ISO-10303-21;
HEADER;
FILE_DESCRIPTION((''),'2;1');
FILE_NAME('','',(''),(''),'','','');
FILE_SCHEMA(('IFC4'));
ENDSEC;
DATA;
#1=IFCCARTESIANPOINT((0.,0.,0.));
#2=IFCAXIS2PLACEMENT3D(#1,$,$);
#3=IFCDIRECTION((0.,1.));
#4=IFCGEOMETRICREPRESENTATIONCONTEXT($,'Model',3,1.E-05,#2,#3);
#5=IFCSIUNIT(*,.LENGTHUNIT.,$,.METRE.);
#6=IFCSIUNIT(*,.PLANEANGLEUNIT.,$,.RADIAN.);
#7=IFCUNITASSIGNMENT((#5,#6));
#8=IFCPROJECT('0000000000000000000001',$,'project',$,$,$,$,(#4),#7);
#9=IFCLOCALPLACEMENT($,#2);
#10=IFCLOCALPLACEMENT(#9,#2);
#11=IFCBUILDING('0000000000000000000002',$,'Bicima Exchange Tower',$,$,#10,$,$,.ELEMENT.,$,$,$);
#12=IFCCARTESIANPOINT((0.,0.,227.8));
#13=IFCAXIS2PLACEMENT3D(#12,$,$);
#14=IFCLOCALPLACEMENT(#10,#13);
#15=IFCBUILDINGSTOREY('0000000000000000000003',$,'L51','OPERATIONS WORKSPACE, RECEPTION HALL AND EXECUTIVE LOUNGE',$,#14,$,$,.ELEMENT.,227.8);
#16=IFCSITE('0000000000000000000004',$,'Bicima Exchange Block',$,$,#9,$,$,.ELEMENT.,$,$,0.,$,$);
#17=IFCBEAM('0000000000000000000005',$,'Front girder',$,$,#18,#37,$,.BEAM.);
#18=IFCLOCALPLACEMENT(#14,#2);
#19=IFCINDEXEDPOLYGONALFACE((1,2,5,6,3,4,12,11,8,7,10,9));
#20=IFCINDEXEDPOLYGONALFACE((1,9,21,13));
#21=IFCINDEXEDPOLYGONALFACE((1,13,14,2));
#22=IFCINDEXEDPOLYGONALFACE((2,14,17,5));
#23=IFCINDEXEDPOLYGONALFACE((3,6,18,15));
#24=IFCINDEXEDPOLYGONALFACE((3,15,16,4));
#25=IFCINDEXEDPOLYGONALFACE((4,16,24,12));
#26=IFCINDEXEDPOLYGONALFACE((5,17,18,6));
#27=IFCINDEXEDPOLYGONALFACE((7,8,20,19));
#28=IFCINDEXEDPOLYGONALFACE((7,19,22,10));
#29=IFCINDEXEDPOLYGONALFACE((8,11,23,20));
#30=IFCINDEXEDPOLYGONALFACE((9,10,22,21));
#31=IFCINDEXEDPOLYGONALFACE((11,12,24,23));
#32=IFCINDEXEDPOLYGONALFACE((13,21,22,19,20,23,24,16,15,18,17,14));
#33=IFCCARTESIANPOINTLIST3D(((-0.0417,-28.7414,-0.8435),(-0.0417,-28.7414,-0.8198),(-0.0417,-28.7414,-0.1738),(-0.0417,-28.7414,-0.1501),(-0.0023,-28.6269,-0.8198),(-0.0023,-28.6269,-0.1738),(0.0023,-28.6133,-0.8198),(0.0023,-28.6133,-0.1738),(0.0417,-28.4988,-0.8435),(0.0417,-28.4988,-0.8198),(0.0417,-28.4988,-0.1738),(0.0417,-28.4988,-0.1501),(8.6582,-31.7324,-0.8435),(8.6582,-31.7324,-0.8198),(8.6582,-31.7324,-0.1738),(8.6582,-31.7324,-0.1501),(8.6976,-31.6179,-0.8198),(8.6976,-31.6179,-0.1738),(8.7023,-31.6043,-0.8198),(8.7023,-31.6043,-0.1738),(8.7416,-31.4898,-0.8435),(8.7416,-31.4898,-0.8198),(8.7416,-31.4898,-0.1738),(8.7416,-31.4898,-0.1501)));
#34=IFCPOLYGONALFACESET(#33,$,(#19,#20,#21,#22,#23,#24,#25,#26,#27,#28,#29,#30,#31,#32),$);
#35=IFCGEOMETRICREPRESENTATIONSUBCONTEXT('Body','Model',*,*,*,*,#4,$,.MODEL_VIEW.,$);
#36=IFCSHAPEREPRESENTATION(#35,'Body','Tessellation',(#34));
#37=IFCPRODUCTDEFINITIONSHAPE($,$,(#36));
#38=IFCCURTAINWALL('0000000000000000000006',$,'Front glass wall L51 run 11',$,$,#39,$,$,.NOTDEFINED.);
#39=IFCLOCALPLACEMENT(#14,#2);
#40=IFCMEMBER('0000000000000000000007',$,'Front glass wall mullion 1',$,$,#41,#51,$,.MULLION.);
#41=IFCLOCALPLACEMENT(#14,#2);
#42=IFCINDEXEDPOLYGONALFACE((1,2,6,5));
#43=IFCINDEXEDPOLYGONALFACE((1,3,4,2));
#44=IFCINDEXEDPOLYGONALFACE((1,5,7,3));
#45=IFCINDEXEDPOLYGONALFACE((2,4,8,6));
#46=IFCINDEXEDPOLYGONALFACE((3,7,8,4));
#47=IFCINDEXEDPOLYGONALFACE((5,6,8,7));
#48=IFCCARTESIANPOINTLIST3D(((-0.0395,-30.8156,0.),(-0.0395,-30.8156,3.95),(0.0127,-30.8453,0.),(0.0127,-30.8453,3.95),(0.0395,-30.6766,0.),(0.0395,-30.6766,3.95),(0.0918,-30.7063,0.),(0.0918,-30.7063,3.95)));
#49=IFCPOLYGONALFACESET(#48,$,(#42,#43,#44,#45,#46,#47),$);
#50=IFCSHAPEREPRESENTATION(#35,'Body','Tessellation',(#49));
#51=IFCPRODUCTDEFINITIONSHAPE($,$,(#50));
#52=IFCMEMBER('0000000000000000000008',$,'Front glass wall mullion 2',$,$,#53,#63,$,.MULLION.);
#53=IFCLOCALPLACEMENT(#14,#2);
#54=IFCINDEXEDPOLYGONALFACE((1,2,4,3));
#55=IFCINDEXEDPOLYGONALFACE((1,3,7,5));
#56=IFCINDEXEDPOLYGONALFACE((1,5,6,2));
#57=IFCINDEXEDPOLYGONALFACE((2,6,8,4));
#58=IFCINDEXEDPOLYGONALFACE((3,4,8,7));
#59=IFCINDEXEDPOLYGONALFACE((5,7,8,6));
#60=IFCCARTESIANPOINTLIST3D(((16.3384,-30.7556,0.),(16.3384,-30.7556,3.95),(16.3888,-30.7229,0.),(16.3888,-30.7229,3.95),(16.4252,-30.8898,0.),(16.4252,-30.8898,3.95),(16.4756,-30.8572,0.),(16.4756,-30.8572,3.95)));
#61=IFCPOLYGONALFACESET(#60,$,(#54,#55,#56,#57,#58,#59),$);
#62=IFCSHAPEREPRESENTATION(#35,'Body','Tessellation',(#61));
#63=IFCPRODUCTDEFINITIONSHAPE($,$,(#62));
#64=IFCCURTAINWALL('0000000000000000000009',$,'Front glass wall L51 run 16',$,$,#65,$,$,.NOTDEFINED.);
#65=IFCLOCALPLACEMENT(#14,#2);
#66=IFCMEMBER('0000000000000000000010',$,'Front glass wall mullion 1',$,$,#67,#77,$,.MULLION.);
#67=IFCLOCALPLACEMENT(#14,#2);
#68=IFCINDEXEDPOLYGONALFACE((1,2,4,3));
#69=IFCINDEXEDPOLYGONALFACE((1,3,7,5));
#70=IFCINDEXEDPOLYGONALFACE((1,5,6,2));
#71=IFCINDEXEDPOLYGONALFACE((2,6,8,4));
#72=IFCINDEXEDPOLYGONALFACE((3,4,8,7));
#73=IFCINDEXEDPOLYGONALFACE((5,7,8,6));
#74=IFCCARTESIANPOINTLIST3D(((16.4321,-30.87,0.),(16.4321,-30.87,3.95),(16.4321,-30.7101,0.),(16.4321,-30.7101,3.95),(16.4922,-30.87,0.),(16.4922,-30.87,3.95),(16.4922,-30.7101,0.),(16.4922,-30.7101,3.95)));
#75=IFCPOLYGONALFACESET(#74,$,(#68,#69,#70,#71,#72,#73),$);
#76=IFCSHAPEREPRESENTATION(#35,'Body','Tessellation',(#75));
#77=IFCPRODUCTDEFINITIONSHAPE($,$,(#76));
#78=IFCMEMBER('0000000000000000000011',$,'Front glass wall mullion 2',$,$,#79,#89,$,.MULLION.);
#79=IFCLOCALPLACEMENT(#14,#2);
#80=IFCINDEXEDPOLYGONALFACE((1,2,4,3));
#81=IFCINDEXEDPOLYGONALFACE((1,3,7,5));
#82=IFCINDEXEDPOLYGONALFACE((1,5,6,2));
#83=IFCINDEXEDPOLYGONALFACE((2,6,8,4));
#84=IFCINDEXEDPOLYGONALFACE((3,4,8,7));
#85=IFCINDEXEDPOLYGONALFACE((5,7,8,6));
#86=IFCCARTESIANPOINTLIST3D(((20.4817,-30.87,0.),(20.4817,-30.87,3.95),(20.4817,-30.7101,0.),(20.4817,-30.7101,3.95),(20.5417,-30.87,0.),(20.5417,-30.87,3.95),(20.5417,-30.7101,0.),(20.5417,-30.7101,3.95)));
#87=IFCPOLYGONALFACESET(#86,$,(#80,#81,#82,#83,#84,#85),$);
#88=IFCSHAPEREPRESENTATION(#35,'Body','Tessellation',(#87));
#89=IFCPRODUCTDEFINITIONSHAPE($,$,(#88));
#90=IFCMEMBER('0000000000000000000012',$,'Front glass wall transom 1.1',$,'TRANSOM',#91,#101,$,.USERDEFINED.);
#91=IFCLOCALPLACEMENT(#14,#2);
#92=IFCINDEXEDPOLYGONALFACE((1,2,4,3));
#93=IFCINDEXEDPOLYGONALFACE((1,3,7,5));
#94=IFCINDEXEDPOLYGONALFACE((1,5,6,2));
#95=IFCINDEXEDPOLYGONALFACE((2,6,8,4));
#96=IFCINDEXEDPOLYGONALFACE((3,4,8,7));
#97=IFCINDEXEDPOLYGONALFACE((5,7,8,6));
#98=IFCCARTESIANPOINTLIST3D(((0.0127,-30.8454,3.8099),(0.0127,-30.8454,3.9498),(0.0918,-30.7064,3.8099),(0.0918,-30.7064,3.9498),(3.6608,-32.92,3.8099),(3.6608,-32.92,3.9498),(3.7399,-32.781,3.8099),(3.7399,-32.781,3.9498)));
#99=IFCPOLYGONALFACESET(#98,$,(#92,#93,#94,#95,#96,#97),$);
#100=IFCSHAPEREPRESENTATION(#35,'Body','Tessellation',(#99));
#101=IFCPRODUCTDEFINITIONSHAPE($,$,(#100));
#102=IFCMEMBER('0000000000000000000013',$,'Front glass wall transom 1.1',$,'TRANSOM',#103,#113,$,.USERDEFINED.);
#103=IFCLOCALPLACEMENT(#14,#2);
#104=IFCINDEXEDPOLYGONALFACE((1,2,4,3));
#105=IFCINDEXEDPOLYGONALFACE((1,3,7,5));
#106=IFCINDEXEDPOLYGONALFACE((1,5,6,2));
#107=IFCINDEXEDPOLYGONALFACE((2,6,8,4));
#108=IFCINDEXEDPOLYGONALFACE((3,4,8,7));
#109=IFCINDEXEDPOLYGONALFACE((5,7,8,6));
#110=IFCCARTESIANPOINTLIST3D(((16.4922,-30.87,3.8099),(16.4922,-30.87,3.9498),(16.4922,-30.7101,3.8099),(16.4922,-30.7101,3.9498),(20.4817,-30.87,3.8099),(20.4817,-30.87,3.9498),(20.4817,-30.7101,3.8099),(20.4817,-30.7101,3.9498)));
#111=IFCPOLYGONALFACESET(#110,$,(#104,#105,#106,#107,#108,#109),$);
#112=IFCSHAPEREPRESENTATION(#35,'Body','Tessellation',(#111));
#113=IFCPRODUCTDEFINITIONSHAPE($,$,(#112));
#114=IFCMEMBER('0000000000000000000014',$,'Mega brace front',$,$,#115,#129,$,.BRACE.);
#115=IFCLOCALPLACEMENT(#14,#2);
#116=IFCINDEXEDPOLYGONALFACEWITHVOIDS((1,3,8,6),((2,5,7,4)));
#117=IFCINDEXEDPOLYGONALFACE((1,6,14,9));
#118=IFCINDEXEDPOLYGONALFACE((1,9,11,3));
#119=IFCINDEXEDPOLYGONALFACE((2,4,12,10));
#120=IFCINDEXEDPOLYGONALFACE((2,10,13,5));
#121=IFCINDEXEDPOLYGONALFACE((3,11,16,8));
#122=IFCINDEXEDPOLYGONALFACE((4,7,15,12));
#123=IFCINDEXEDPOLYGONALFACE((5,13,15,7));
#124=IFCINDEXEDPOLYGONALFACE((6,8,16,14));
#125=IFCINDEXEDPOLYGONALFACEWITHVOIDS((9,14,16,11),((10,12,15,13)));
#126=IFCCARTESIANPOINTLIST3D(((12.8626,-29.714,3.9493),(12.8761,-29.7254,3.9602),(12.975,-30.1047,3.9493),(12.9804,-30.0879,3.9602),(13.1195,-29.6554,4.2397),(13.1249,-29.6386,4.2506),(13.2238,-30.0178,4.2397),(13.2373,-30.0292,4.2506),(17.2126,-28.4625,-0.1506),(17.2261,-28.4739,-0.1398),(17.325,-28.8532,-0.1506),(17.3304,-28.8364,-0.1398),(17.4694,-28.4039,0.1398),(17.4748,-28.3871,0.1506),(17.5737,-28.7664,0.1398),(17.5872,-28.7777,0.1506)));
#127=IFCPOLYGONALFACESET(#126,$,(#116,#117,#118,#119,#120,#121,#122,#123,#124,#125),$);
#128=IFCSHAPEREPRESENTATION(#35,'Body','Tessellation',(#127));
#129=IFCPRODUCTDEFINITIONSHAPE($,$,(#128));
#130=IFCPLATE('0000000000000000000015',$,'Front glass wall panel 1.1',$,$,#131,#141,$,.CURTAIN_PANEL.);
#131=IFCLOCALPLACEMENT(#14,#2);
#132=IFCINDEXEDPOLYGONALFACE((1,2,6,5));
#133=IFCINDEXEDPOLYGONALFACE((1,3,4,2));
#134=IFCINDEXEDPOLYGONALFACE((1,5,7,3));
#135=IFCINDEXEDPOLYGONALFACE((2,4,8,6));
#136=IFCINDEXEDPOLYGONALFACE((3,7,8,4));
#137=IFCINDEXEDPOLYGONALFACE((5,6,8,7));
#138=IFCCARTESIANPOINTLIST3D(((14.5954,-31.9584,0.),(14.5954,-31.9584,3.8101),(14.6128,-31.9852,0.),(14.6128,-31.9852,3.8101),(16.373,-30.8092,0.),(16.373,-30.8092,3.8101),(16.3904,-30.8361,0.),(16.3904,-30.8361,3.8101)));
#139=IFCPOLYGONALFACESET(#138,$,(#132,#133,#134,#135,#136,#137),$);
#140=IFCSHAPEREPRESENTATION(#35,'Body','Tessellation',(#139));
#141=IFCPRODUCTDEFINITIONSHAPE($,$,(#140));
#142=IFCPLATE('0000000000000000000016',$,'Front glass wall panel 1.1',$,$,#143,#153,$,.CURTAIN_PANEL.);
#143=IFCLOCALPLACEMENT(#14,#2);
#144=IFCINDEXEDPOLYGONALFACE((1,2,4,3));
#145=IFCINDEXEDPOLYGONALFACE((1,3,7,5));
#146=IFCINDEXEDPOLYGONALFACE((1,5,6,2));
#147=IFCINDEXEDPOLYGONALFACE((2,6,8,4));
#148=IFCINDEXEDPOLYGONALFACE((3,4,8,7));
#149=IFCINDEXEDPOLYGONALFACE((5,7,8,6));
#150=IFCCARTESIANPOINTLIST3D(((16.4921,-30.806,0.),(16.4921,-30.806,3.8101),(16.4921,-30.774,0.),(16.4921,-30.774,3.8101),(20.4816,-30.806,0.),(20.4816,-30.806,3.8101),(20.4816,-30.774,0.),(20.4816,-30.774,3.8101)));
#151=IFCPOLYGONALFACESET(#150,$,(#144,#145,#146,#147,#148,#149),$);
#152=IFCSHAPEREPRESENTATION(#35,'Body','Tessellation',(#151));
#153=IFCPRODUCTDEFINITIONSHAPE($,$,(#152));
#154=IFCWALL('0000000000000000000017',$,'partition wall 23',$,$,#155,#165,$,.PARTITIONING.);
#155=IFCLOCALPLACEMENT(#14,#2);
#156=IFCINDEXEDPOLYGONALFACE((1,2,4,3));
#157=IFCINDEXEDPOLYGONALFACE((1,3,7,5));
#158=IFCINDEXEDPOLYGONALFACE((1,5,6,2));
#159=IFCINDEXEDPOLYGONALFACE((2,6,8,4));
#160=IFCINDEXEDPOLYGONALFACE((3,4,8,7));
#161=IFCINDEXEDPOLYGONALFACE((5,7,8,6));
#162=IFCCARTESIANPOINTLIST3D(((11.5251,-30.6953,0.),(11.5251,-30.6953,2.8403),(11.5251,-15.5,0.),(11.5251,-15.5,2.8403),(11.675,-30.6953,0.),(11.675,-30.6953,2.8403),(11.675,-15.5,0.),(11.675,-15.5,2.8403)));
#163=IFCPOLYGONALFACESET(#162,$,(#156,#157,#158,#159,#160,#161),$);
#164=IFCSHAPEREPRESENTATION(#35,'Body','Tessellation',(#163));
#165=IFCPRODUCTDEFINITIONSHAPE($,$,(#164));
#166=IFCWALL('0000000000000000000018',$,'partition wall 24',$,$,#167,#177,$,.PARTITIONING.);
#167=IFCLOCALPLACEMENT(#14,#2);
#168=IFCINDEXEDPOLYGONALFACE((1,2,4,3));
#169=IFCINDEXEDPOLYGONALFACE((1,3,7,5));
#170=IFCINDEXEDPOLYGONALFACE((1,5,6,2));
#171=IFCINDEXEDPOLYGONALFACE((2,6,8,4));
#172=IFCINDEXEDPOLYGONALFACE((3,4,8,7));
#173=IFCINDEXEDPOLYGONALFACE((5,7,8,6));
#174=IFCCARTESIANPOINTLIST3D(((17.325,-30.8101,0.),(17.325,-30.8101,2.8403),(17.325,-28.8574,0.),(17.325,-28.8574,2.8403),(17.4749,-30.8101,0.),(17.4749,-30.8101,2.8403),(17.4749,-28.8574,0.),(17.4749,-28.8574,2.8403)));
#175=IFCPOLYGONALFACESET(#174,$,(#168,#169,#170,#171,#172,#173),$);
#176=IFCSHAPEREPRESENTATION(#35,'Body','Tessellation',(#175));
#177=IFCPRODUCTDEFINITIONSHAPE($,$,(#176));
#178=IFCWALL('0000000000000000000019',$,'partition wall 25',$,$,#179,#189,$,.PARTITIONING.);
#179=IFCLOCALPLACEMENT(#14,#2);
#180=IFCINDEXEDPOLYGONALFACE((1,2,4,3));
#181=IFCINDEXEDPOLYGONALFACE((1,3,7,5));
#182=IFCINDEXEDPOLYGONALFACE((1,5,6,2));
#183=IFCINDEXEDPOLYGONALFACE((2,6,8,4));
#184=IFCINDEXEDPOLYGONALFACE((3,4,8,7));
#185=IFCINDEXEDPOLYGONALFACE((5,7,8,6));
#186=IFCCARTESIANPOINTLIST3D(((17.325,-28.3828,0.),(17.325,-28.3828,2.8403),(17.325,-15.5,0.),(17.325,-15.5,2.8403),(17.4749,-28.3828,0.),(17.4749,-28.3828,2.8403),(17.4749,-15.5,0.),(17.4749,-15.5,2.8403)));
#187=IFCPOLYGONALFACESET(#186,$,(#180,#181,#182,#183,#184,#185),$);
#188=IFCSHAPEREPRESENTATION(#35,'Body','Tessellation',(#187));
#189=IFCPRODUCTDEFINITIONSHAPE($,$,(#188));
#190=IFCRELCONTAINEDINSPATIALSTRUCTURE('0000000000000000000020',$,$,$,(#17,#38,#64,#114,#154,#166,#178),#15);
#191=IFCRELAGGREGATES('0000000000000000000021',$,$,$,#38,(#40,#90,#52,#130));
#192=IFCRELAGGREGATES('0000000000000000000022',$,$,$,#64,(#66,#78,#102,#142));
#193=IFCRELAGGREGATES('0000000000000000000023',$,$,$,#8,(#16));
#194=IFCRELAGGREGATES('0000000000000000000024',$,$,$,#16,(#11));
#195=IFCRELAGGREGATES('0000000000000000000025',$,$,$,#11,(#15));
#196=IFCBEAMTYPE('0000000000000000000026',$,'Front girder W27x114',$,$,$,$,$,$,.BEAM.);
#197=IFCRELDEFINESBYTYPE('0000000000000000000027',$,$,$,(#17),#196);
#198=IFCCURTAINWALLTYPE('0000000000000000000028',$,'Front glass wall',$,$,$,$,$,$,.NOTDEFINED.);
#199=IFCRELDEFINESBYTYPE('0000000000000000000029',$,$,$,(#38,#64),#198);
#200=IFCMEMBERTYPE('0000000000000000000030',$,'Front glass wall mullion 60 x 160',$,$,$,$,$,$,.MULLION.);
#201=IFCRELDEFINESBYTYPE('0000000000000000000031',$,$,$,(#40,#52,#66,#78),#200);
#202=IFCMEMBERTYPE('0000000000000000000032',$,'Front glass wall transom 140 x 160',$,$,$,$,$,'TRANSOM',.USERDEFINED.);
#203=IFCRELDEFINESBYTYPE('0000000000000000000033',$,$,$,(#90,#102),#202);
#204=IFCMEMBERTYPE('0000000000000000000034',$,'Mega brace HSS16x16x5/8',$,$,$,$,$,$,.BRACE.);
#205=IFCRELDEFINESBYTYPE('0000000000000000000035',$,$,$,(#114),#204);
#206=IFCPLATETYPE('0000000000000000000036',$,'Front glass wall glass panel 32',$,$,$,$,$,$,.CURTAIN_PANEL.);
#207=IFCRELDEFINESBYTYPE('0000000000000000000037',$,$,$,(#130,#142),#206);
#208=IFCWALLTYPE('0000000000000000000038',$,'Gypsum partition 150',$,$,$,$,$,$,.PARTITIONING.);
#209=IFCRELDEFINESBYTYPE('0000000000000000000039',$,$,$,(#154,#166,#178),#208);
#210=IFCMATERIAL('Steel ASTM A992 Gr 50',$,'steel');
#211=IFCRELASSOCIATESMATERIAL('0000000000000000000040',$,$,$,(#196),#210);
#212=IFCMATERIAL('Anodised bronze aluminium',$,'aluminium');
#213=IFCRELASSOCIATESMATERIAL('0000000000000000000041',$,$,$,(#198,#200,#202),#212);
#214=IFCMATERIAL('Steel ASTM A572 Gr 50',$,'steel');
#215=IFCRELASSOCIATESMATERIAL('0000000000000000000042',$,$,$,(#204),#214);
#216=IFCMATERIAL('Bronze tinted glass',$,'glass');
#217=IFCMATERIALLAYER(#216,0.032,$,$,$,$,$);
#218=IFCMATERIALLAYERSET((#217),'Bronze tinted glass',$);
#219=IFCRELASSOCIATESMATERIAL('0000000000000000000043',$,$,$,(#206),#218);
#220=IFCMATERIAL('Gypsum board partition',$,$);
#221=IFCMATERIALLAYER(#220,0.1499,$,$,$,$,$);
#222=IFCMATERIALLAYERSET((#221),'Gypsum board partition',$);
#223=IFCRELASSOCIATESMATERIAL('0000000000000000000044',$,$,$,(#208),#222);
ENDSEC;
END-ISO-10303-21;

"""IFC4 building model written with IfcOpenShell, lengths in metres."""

from ifc_helpers import new_model, si_unit, direction, frame, frame_2d, origin, origin_2d, place, context, subcontext, project, spatial, rectangle, hollow_rectangle, i_section, extrude, material, layer, layer_set, material_profile, profile_set, type_object, element, aggregate, save


model = new_model("IFC4")

# Units and contexts
model_context = context("Model", 3, precision=1e-05, world=origin(), true_north=direction((0.0, 1.0)))
body_context = subcontext(model_context, "Body", "Model", "MODEL_VIEW")
ifc_project = project(units=[si_unit("LENGTHUNIT", "METRE"), si_unit("PLANEANGLEUNIT", "RADIAN")], contexts=[model_context])

# Site, building, storey
site_placement = place(None, origin())
site = spatial("IfcSite", under=ifc_project, at=site_placement, Name="Bicima Exchange Block", CompositionType="ELEMENT", RefElevation=0.0)
building_placement = place(site_placement, origin())
building = spatial("IfcBuilding", under=site, at=building_placement, Name="Bicima Exchange Tower", CompositionType="ELEMENT")
storey_placement = place(building_placement, frame((0.0, 0.0, 227.8)))
storey = spatial("IfcBuildingStorey", under=building, at=storey_placement, Name="L51", Description="OPERATIONS WORKSPACE, RECEPTION HALL AND EXECUTIVE LOUNGE", CompositionType="ELEMENT", Elevation=227.8)

# Shared definitions
ifc_material_1 = material(Name="Steel ASTM A992 Gr 50", Category="steel")

# Beam
ifc_material_profile_1 = material_profile(ifc_material_1, i_section(OverallWidth=0.2566, OverallDepth=0.6934, WebThickness=0.0144, FlangeThickness=0.0237, at=origin_2d()))
ifc_profile_set_1 = profile_set([ifc_material_profile_1], Name="Steel ASTM A992 Gr 50")
beam_type_1 = type_object("IfcBeamType", Name="Front girder W27x114", PredefinedType="BEAM", material=ifc_profile_set_1)
beam_1_placement = place(storey_placement, frame((0.0, -28.6201, -0.4968), z_axis=(0.945675, -0.325115, 0.0), x_axis=(0.325115, 0.945675, 0.0)))
element("IfcBeam", 1, at=beam_1_placement, inside=storey, type_object=beam_type_1, Name="Front girder", PredefinedType="BEAM", context=body_context, shape_type="SweptSolid", body=[
    extrude(i_section(OverallWidth=0.2566, OverallDepth=0.6934, WebThickness=0.0144, FlangeThickness=0.0237, at=origin_2d()), origin(), (0.0, 0.0, 1.0), 9.1997),
])

# Curtain walls, members
ifc_material_2 = material(Name="Anodised bronze aluminium", Category="aluminium")
curtain_wall_type = type_object("IfcCurtainWallType", Name="Front glass wall", PredefinedType="NOTDEFINED", material=ifc_material_2)
curtain_wall_1_placement = place(storey_placement, origin())
curtain_wall_1 = element("IfcCurtainWall", 2, at=curtain_wall_1_placement, inside=storey, type_object=curtain_wall_type, Name="Front glass wall L51 run 11", PredefinedType="NOTDEFINED")
ifc_material_profile_2 = material_profile(ifc_material_2, rectangle(XDim=0.1599, YDim=0.0601, at=origin_2d()))
ifc_profile_set_2 = profile_set([ifc_material_profile_2], Name="Anodised bronze aluminium")
member_type_1 = type_object("IfcMemberType", Name="Front glass wall mullion 60 x 160", PredefinedType="MULLION", material=ifc_profile_set_2)
member_1_placement = place(storey_placement, frame((0.0261, -30.761, 0.0), z_axis=(0.0, 0.0, 1.0), x_axis=(0.49433, 0.869274, 0.0)))
member_1 = element("IfcMember", 3, at=member_1_placement, type_object=member_type_1, Name="Front glass wall mullion 1", PredefinedType="MULLION", context=body_context, shape_type="SweptSolid", body=[
    extrude(rectangle(XDim=0.1599, YDim=0.0601, at=origin_2d()), origin(), (0.0, 0.0, 1.0), 3.95),
])
member_2_placement = place(storey_placement, frame((16.407, -30.8064, 0.0), z_axis=(0.0, 0.0, 1.0), x_axis=(-0.542909, 0.839791, 0.0)))
member_2 = element("IfcMember", 4, at=member_2_placement, type_object=member_type_1, Name="Front glass wall mullion 2", PredefinedType="MULLION", context=body_context, shape_type="SweptSolid", body=[
    extrude(rectangle(XDim=0.1599, YDim=0.0601, at=origin_2d()), origin(), (0.0, 0.0, 1.0), 3.95),
])
curtain_wall_2_placement = place(storey_placement, origin())
curtain_wall_2 = element("IfcCurtainWall", 5, at=curtain_wall_2_placement, inside=storey, type_object=curtain_wall_type, Name="Front glass wall L51 run 16", PredefinedType="NOTDEFINED")
member_3_placement = place(storey_placement, frame((16.4622, -30.79, 0.0), z_axis=(0.0, 0.0, 1.0), x_axis=(0.0, 1.0, 0.0)))
member_3 = element("IfcMember", 6, at=member_3_placement, type_object=member_type_1, Name="Front glass wall mullion 1", PredefinedType="MULLION", context=body_context, shape_type="SweptSolid", body=[
    extrude(rectangle(XDim=0.1599, YDim=0.0601, at=origin_2d()), origin(), (0.0, 0.0, 1.0), 3.95),
])
member_4_placement = place(storey_placement, frame((20.5117, -30.79, 0.0), z_axis=(0.0, 0.0, 1.0), x_axis=(0.0, 1.0, 0.0)))
member_4 = element("IfcMember", 7, at=member_4_placement, type_object=member_type_1, Name="Front glass wall mullion 2", PredefinedType="MULLION", context=body_context, shape_type="SweptSolid", body=[
    extrude(rectangle(XDim=0.1599, YDim=0.0601, at=origin_2d()), origin(), (0.0, 0.0, 1.0), 3.95),
])

# Members
ifc_material_profile_3 = material_profile(ifc_material_2, rectangle(XDim=0.1599, YDim=0.1399, at=origin_2d()))
ifc_profile_set_3 = profile_set([ifc_material_profile_3], Name="Anodised bronze aluminium")
member_type_2 = type_object("IfcMemberType", Name="Front glass wall transom 140 x 160", ElementType="TRANSOM", PredefinedType="USERDEFINED", material=ifc_profile_set_3)
member_5_placement = place(storey_placement, frame((0.0522, -30.7759, 3.8799), z_axis=(0.869265, -0.494346, 0.0), x_axis=(0.494346, 0.869265, 0.0)))
member_5 = element("IfcMember", 8, at=member_5_placement, type_object=member_type_2, Name="Front glass wall transom 1.1", ObjectType="TRANSOM", PredefinedType="USERDEFINED", context=body_context, shape_type="SweptSolid", body=[
    extrude(rectangle(XDim=0.1599, YDim=0.1399, at=origin_2d()), origin(), (0.0, 0.0, 1.0), 4.1968),
])
member_6_placement = place(storey_placement, frame((16.4922, -30.79, 3.8799), z_axis=(1.0, 0.0, 0.0), x_axis=(0.0, 1.0, 0.0)))
member_6 = element("IfcMember", 9, at=member_6_placement, type_object=member_type_2, Name="Front glass wall transom 1.1", ObjectType="TRANSOM", PredefinedType="USERDEFINED", context=body_context, shape_type="SweptSolid", body=[
    extrude(rectangle(XDim=0.1599, YDim=0.1399, at=origin_2d()), origin(), (0.0, 0.0, 1.0), 3.9895),
])
ifc_material_3 = material(Name="Steel ASTM A572 Gr 50", Category="steel")
ifc_material_profile_4 = material_profile(ifc_material_3, hollow_rectangle(XDim=0.4065, YDim=0.4065, WallThickness=0.0146, at=origin_2d()))
ifc_profile_set_4 = profile_set([ifc_material_profile_4], Name="Steel ASTM A572 Gr 50")
member_type_3 = type_object("IfcMemberType", Name="Mega brace HSS16x16x5/8", PredefinedType="BRACE", material=ifc_profile_set_4)
member_7_placement = place(storey_placement, frame((17.3999, -28.6201, 0.0), z_axis=(-0.712266, -0.204921, 0.67133), x_axis=(0.276487, -0.961018, 0.0)))
element("IfcMember", 10, at=member_7_placement, inside=storey, type_object=member_type_3, Name="Mega brace front", PredefinedType="BRACE", context=body_context, shape_type="SweptSolid", body=[
    extrude(hollow_rectangle(XDim=0.4065, YDim=0.4065, WallThickness=0.0146, at=origin_2d()), origin(), (0.0, 0.0, 1.0), 6.1072),
])

# Plates
ifc_material_4 = material(Name="Bronze tinted glass", Category="glass")
ifc_layer_1 = layer(ifc_material_4, 0.032)
ifc_layer_set_1 = layer_set([ifc_layer_1], Name="Bronze tinted glass")
plate_type = type_object("IfcPlateType", Name="Front glass wall glass panel 32", PredefinedType="CURTAIN_PANEL", material=ifc_layer_set_1)
plate_1_placement = place(storey_placement, frame((15.4929, -31.3972, 0.0), z_axis=(0.0, 0.0, 1.0), x_axis=(0.839791, 0.542909, 0.0)))
plate_1 = element("IfcPlate", 11, at=plate_1_placement, type_object=plate_type, Name="Front glass wall panel 1.1", PredefinedType="CURTAIN_PANEL", context=body_context, shape_type="SweptSolid", body=[
    extrude(rectangle(XDim=2.1167, YDim=0.032, at=origin_2d()), origin(), (0.0, 0.0, 1.0), 3.8101),
])
aggregate(curtain_wall_1, [member_1, member_5, member_2, plate_1])
plate_2_placement = place(storey_placement, frame((18.4868, -30.79, 0.0), z_axis=(0.0, 0.0, 1.0), x_axis=(1.0, 0.0, 0.0)))
plate_2 = element("IfcPlate", 12, at=plate_2_placement, type_object=plate_type, Name="Front glass wall panel 1.1", PredefinedType="CURTAIN_PANEL", context=body_context, shape_type="SweptSolid", body=[
    extrude(rectangle(XDim=3.9895, YDim=0.032, at=origin_2d()), origin(), (0.0, 0.0, 1.0), 3.8101),
])
aggregate(curtain_wall_2, [member_3, member_4, member_6, plate_2])

# Walls
ifc_material_5 = material(Name="Gypsum board partition")
ifc_layer_2 = layer(ifc_material_5, 0.1499)
ifc_layer_set_2 = layer_set([ifc_layer_2], Name="Gypsum board partition")
wall_type = type_object("IfcWallType", Name="Gypsum partition 150", PredefinedType="PARTITIONING", material=ifc_layer_set_2)
wall_1_placement = place(storey_placement, frame((11.6001, -30.6953, 0.0), z_axis=(0.0, 0.0, 1.0), x_axis=(0.0, 1.0, 0.0)))
element("IfcWall", 13, at=wall_1_placement, inside=storey, type_object=wall_type, Name="partition wall 23", PredefinedType="PARTITIONING", context=body_context, shape_type="SweptSolid", body=[
    extrude(rectangle(XDim=15.1953, YDim=0.1499, at=frame_2d((7.5977, 0.0))), origin(), (0.0, 0.0, 1.0), 2.8403),
])
wall_2_placement = place(storey_placement, frame((17.3999, -30.8101, 0.0), z_axis=(0.0, 0.0, 1.0), x_axis=(0.0, 1.0, 0.0)))
element("IfcWall", 14, at=wall_2_placement, inside=storey, type_object=wall_type, Name="partition wall 24", PredefinedType="PARTITIONING", context=body_context, shape_type="SweptSolid", body=[
    extrude(rectangle(XDim=1.9526, YDim=0.1499, at=frame_2d((0.9763, 0.0))), origin(), (0.0, 0.0, 1.0), 2.8403),
])
wall_3_placement = place(storey_placement, frame((17.3999, -28.3828, 0.0), z_axis=(0.0, 0.0, 1.0), x_axis=(0.0, 1.0, 0.0)))
element("IfcWall", 15, at=wall_3_placement, inside=storey, type_object=wall_type, Name="partition wall 25", PredefinedType="PARTITIONING", context=body_context, shape_type="SweptSolid", body=[
    extrude(rectangle(XDim=12.8828, YDim=0.1499, at=frame_2d((6.4414, 0.0))), origin(), (0.0, 0.0, 1.0), 2.8403),
])

save(model, "model.ifc")
